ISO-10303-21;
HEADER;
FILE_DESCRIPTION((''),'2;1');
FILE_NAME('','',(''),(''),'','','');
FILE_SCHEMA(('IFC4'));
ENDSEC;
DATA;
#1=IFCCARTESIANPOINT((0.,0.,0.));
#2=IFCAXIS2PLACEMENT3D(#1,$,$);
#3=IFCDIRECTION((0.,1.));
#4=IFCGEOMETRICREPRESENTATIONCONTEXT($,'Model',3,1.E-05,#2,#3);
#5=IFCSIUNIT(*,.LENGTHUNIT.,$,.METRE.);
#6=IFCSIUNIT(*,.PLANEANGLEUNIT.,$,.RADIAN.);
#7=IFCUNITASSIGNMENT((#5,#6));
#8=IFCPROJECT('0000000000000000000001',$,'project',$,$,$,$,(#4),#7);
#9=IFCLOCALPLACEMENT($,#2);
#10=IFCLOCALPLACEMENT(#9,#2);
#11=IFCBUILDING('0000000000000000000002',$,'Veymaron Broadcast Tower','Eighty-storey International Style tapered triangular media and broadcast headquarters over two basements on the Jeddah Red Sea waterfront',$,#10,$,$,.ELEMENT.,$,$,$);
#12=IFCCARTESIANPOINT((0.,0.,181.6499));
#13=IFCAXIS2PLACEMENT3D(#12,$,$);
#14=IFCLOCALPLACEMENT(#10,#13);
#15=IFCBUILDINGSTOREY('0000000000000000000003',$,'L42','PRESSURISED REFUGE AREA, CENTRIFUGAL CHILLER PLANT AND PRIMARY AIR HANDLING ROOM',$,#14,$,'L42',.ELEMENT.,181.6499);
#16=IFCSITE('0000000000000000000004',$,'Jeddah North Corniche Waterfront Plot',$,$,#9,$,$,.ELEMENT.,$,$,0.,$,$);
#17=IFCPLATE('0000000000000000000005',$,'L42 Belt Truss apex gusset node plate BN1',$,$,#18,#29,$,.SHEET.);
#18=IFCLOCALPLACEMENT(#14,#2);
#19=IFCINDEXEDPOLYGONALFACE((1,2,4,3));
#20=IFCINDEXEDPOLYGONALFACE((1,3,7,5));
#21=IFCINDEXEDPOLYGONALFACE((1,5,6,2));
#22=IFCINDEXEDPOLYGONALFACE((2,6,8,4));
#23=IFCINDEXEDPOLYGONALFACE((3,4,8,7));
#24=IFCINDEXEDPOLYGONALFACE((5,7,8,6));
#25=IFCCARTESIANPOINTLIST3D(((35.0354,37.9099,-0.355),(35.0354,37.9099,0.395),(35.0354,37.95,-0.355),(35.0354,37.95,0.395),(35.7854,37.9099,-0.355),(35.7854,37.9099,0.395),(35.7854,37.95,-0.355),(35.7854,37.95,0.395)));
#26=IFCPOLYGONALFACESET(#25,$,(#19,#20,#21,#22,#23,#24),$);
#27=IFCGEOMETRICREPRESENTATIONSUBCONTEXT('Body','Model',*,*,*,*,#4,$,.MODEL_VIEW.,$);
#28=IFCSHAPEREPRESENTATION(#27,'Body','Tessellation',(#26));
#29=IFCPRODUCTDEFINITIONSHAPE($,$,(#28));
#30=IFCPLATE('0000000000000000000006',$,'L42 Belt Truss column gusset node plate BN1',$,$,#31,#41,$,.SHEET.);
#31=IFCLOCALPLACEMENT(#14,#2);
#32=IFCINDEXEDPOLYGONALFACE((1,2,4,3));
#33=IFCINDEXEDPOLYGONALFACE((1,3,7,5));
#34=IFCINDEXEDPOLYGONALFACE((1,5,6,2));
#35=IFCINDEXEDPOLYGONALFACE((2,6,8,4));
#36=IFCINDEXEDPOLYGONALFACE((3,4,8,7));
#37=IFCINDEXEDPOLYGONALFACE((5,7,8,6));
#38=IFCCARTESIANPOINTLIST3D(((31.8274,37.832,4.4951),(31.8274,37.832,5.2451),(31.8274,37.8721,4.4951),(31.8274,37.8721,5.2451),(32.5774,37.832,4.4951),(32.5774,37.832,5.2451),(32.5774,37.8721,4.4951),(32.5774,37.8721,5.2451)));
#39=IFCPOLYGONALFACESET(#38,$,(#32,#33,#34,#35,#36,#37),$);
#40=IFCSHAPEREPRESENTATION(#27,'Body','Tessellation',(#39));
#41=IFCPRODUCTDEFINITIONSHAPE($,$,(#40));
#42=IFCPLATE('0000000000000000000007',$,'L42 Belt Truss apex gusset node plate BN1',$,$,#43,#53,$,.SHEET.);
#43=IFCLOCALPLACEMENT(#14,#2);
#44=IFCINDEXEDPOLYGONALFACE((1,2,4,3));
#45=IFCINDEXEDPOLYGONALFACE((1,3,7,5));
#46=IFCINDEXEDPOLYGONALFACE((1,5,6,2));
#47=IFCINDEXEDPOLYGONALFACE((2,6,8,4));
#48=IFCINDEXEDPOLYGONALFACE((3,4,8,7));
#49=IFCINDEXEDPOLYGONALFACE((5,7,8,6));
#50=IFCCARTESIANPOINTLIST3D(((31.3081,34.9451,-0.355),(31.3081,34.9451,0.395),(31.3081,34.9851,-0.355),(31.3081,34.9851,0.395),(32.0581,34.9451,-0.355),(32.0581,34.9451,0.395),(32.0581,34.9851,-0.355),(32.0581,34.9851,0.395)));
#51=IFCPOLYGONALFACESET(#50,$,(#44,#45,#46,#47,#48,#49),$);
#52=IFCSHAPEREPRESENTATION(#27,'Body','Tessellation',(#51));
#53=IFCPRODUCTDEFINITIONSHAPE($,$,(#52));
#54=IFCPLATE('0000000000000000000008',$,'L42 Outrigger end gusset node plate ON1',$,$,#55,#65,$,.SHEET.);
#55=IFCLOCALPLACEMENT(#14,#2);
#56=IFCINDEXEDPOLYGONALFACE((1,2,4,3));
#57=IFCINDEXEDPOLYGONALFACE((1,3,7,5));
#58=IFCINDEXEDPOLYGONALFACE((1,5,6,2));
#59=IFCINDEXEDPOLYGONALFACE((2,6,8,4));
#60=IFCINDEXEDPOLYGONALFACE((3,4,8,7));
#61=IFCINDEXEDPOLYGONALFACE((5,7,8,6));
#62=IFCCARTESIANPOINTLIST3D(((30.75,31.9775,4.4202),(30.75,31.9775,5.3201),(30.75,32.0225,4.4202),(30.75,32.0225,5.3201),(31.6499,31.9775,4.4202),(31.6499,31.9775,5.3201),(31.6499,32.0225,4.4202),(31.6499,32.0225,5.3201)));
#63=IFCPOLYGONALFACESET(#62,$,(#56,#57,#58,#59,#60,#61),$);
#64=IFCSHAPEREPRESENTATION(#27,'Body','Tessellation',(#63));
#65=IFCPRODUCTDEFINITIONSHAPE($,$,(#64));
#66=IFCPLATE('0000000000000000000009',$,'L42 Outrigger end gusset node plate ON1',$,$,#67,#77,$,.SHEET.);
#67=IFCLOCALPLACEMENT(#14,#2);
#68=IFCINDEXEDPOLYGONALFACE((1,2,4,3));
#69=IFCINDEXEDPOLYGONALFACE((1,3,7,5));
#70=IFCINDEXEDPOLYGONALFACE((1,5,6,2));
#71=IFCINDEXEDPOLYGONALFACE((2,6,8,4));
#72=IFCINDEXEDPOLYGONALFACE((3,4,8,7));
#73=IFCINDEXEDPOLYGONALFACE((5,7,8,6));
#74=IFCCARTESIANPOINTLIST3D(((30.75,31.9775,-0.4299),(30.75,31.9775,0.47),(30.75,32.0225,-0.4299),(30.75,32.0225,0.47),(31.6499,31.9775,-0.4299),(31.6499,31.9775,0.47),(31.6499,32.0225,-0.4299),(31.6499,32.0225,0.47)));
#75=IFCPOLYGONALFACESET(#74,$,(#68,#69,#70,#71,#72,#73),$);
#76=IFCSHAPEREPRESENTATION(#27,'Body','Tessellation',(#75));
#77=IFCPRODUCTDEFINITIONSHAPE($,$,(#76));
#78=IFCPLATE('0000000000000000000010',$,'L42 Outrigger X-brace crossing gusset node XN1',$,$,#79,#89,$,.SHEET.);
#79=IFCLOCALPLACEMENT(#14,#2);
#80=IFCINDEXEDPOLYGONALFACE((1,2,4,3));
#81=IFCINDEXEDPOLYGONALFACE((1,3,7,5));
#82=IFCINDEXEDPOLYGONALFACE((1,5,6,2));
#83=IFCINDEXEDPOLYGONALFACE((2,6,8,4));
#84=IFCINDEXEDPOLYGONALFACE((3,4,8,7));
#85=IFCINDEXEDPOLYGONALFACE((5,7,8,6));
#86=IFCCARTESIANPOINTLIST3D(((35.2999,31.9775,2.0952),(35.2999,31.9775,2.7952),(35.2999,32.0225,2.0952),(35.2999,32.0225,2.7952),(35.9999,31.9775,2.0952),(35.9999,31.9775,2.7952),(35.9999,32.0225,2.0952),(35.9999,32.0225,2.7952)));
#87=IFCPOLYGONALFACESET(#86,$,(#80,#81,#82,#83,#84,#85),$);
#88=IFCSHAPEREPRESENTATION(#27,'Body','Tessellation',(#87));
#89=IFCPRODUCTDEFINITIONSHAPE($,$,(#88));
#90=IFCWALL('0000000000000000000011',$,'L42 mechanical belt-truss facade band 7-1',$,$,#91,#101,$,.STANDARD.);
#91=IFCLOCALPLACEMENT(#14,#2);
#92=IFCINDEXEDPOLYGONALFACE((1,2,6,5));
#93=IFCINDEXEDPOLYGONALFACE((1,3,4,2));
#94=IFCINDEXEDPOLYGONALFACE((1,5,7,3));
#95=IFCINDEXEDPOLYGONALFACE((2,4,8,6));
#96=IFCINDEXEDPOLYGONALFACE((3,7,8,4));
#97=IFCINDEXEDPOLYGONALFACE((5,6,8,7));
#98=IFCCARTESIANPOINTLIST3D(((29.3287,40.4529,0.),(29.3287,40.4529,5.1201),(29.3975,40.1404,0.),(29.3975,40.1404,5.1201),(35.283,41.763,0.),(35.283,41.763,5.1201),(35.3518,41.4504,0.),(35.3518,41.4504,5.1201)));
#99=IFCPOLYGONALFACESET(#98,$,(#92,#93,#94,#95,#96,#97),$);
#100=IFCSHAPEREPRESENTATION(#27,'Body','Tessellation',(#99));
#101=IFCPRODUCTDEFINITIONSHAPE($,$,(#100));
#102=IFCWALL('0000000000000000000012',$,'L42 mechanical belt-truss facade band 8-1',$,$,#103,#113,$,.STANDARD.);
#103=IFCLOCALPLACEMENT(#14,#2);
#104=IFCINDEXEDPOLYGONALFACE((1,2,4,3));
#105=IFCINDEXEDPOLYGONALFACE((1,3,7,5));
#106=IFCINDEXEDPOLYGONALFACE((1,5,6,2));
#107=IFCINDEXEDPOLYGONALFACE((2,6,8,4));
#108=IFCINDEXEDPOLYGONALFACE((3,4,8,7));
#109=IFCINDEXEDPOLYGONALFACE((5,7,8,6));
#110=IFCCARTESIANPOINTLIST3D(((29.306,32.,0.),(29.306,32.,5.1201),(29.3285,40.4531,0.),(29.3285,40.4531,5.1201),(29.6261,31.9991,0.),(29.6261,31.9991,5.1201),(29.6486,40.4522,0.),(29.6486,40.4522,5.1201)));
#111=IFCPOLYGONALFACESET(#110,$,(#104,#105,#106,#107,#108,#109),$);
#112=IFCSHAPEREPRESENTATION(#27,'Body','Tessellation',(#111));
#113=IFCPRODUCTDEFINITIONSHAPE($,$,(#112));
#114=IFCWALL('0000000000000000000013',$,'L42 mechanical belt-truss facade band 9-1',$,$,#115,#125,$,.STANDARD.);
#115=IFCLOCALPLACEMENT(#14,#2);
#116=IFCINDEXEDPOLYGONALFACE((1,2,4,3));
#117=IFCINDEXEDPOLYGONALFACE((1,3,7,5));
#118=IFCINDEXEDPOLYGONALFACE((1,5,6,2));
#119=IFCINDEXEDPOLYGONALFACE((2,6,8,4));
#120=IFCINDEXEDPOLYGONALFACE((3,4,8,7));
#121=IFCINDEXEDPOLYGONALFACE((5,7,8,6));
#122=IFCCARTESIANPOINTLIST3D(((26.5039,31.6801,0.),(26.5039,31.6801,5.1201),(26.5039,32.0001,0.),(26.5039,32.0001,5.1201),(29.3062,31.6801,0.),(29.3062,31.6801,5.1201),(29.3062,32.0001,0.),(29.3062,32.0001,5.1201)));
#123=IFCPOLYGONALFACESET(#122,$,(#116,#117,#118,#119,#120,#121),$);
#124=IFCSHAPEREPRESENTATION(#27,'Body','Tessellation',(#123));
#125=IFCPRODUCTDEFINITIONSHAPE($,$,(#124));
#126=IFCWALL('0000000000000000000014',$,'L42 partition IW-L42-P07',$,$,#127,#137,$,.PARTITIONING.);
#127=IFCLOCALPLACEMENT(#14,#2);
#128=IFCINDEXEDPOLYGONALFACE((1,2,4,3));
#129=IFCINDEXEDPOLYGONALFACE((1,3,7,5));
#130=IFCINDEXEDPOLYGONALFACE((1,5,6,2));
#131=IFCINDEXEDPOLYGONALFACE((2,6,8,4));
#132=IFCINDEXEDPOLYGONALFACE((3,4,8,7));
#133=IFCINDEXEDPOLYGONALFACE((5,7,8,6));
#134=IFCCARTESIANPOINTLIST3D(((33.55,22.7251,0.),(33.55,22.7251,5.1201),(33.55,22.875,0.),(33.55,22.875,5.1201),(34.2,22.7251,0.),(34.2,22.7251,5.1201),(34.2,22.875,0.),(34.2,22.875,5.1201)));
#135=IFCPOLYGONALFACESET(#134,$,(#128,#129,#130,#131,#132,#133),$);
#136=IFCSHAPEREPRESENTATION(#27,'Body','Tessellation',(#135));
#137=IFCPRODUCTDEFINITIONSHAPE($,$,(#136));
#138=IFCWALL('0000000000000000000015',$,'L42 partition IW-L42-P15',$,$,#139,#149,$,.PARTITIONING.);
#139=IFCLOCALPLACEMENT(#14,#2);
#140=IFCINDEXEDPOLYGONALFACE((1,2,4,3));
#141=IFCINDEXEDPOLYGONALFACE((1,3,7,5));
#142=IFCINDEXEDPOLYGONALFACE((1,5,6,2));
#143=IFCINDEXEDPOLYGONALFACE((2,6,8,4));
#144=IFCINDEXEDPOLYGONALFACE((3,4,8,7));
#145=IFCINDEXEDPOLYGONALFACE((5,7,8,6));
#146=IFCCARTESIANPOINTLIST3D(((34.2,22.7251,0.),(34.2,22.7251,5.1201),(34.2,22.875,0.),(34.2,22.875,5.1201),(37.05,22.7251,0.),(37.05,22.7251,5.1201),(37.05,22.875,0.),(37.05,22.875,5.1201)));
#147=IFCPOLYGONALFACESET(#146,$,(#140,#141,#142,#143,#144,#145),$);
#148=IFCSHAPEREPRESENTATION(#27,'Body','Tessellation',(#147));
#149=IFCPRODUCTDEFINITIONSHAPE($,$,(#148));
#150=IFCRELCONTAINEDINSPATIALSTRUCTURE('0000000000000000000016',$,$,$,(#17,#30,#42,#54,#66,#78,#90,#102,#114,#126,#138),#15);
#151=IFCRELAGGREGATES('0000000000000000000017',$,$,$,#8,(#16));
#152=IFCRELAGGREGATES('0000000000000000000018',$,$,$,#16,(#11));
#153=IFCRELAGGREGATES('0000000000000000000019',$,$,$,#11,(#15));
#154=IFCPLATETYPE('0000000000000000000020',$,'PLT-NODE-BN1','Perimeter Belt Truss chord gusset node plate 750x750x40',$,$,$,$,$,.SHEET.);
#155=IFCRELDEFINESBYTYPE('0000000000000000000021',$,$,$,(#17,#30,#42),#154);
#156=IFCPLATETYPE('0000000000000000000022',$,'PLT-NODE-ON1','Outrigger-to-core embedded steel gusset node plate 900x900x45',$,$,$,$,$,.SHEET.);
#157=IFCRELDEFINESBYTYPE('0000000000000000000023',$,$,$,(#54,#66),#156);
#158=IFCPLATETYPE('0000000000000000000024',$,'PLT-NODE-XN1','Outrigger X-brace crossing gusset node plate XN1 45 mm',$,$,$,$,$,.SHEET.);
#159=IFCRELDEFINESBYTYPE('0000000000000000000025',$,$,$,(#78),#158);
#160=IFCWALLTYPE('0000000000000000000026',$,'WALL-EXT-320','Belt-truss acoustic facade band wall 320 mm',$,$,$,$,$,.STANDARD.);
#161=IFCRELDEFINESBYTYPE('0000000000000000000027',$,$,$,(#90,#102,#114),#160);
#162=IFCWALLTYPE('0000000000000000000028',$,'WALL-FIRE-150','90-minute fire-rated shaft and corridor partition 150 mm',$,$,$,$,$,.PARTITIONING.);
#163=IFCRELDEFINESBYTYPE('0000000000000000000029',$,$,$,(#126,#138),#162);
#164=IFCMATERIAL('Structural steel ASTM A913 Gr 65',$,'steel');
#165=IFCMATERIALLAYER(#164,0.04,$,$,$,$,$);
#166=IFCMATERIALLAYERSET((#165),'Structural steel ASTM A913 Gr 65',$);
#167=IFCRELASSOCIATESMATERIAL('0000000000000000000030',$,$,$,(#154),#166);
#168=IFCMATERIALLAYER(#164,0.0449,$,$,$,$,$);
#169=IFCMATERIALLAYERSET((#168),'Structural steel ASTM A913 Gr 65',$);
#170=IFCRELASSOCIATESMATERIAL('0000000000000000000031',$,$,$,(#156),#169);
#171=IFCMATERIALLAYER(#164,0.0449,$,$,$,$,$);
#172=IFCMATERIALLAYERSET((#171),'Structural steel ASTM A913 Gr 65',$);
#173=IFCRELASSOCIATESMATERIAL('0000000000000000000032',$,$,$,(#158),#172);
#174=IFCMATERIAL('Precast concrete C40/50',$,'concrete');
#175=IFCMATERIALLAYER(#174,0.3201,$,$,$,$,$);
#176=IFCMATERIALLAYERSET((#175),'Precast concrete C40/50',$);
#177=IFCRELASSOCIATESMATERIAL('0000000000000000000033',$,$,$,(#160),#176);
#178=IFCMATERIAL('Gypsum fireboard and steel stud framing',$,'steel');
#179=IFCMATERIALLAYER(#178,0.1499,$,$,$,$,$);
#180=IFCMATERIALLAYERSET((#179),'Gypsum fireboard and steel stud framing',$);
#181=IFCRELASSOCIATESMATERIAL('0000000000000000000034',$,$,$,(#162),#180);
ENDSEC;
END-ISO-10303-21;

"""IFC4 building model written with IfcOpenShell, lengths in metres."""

from ifc_helpers import new_model, si_unit, direction, frame, frame_2d, origin, origin_2d, place, context, subcontext, project, spatial, rectangle, extrude, material, layer, layer_set, type_object, element, save


model = new_model("IFC4")

# Units and contexts
model_context = context("Model", 3, precision=1e-05, world=origin(), true_north=direction((0.0, 1.0)))
body_context = subcontext(model_context, "Body", "Model", "MODEL_VIEW")
ifc_project = project(units=[si_unit("LENGTHUNIT", "METRE"), si_unit("PLANEANGLEUNIT", "RADIAN")], contexts=[model_context])

# Site, building, storey
site_placement = place(None, origin())
site = spatial("IfcSite", under=ifc_project, at=site_placement, Name="Jeddah North Corniche Waterfront Plot", CompositionType="ELEMENT", RefElevation=0.0)
building_placement = place(site_placement, origin())
building = spatial("IfcBuilding", under=site, at=building_placement, Name="Veymaron Broadcast Tower", Description="Eighty-storey International Style tapered triangular media and broadcast headquarters over two basements on the Jeddah Red Sea waterfront", CompositionType="ELEMENT")
storey_placement = place(building_placement, frame((0.0, 0.0, 181.6499)))
storey = spatial("IfcBuildingStorey", under=building, at=storey_placement, Name="L42", Description="PRESSURISED REFUGE AREA, CENTRIFUGAL CHILLER PLANT AND PRIMARY AIR HANDLING ROOM", LongName="L42", CompositionType="ELEMENT", Elevation=181.6499)

# Shared definitions
ifc_material_1 = material(Name="Structural steel ASTM A913 Gr 65", Category="steel")

# Plates
ifc_layer_1 = layer(ifc_material_1, 0.04)
ifc_layer_set_1 = layer_set([ifc_layer_1], Name="Structural steel ASTM A913 Gr 65")
plate_type_1 = type_object("IfcPlateType", Name="PLT-NODE-BN1", Description="Perimeter Belt Truss chord gusset node plate 750x750x40", PredefinedType="SHEET", material=ifc_layer_set_1)
for number, where, z_axis, x_axis, name in (
    (1, (35.4104, 37.9299, -0.355), (0.0, 0.0, 1.0), (1.0, 0.0, 0.0), "L42 Belt Truss apex gusset node plate BN1"),
    (2, (32.2024, 37.8521, 4.4951), (0.0, 0.0, 1.0), (1.0, 0.0, 0.0), "L42 Belt Truss column gusset node plate BN1"),
    (3, (31.6831, 34.9651, -0.355), (0.0, 0.0, 1.0), (1.0, 0.0, 0.0), "L42 Belt Truss apex gusset node plate BN1"),
):
    element("IfcPlate", number, at=place(storey_placement, frame(where, z_axis=z_axis, x_axis=x_axis)), inside=storey, type_object=plate_type_1, Name=name, PredefinedType="SHEET", context=body_context, shape_type="SweptSolid", body=[
        extrude(rectangle(XDim=0.75, YDim=0.04, at=origin_2d()), origin(), (0.0, 0.0, 1.0), 0.75),
    ])
ifc_layer_2 = layer(ifc_material_1, 0.0449)
ifc_layer_set_2 = layer_set([ifc_layer_2], Name="Structural steel ASTM A913 Gr 65")
plate_type_2 = type_object("IfcPlateType", Name="PLT-NODE-ON1", Description="Outrigger-to-core embedded steel gusset node plate 900x900x45", PredefinedType="SHEET", material=ifc_layer_set_2)
for number, where, z_axis, x_axis, name in (
    (4, (31.2, 32.0, 4.4202), (0.0, 0.0, 1.0), (1.0, 0.0, 0.0), "L42 Outrigger end gusset node plate ON1"),
    (5, (31.2, 32.0, -0.4299), (0.0, 0.0, 1.0), (1.0, 0.0, 0.0), "L42 Outrigger end gusset node plate ON1"),
):
    element("IfcPlate", number, at=place(storey_placement, frame(where, z_axis=z_axis, x_axis=x_axis)), inside=storey, type_object=plate_type_2, Name=name, PredefinedType="SHEET", context=body_context, shape_type="SweptSolid", body=[
        extrude(rectangle(XDim=0.8999, YDim=0.0449, at=origin_2d()), origin(), (0.0, 0.0, 1.0), 0.8999),
    ])
ifc_layer_3 = layer(ifc_material_1, 0.0449)
ifc_layer_set_3 = layer_set([ifc_layer_3], Name="Structural steel ASTM A913 Gr 65")
plate_type_3 = type_object("IfcPlateType", Name="PLT-NODE-XN1", Description="Outrigger X-brace crossing gusset node plate XN1 45 mm", PredefinedType="SHEET", material=ifc_layer_set_3)
plate_placement = place(storey_placement, frame((35.6499, 32.0, 2.0952), z_axis=(0.0, 0.0, 1.0), x_axis=(1.0, 0.0, 0.0)))
element("IfcPlate", 6, at=plate_placement, inside=storey, type_object=plate_type_3, Name="L42 Outrigger X-brace crossing gusset node XN1", PredefinedType="SHEET", context=body_context, shape_type="SweptSolid", body=[
    extrude(rectangle(XDim=0.7, YDim=0.0449, at=origin_2d()), origin(), (0.0, 0.0, 1.0), 0.7),
])

# Walls
ifc_material_2 = material(Name="Precast concrete C40/50", Category="concrete")
ifc_layer_4 = layer(ifc_material_2, 0.3201)
ifc_layer_set_4 = layer_set([ifc_layer_4], Name="Precast concrete C40/50")
wall_type_1 = type_object("IfcWallType", Name="WALL-EXT-320", Description="Belt-truss acoustic facade band wall 320 mm", PredefinedType="STANDARD", material=ifc_layer_set_4)
wall_1_placement = place(storey_placement, frame((35.3174, 41.6067, 0.0), z_axis=(0.0, 0.0, 1.0), x_axis=(-0.976641, -0.214878, 0.0)))
element("IfcWall", 7, at=wall_1_placement, inside=storey, type_object=wall_type_1, Name="L42 mechanical belt-truss facade band 7-1", PredefinedType="STANDARD", context=body_context, shape_type="SweptSolid", body=[
    extrude(rectangle(XDim=6.0967, YDim=0.3201, at=frame_2d((3.0483, 0.0))), origin(), (0.0, 0.0, 1.0), 5.1201),
])
wall_2_placement = place(storey_placement, frame((29.4885, 40.4526, 0.0), z_axis=(0.0, 0.0, 1.0), x_axis=(-0.002657, -0.999996, 0.0)))
element("IfcWall", 8, at=wall_2_placement, inside=storey, type_object=wall_type_1, Name="L42 mechanical belt-truss facade band 8-1", PredefinedType="STANDARD", context=body_context, shape_type="SweptSolid", body=[
    extrude(rectangle(XDim=8.4531, YDim=0.3201, at=frame_2d((4.2266, 0.0))), origin(), (0.0, 0.0, 1.0), 5.1201),
])
wall_3_placement = place(storey_placement, frame((29.3062, 31.8401, 0.0), z_axis=(0.0, 0.0, 1.0), x_axis=(-1.0, 0.0, 0.0)))
element("IfcWall", 9, at=wall_3_placement, inside=storey, type_object=wall_type_1, Name="L42 mechanical belt-truss facade band 9-1", PredefinedType="STANDARD", context=body_context, shape_type="SweptSolid", body=[
    extrude(rectangle(XDim=2.8022, YDim=0.3201, at=frame_2d((1.4011, 0.0))), origin(), (0.0, 0.0, 1.0), 5.1201),
])
ifc_material_3 = material(Name="Gypsum fireboard and steel stud framing", Category="steel")
ifc_layer_5 = layer(ifc_material_3, 0.1499)
ifc_layer_set_5 = layer_set([ifc_layer_5], Name="Gypsum fireboard and steel stud framing")
wall_type_2 = type_object("IfcWallType", Name="WALL-FIRE-150", Description="90-minute fire-rated shaft and corridor partition 150 mm", PredefinedType="PARTITIONING", material=ifc_layer_set_5)
wall_4_placement = place(storey_placement, frame((33.55, 22.8, 0.0), z_axis=(0.0, 0.0, 1.0), x_axis=(1.0, 0.0, 0.0)))
element("IfcWall", 10, at=wall_4_placement, inside=storey, type_object=wall_type_2, Name="L42 partition IW-L42-P07", PredefinedType="PARTITIONING", context=body_context, shape_type="SweptSolid", body=[
    extrude(rectangle(XDim=0.6499, YDim=0.1499, at=frame_2d((0.325, 0.0))), origin(), (0.0, 0.0, 1.0), 5.1201),
])
wall_5_placement = place(storey_placement, frame((34.2, 22.8, 0.0), z_axis=(0.0, 0.0, 1.0), x_axis=(1.0, 0.0, 0.0)))
element("IfcWall", 11, at=wall_5_placement, inside=storey, type_object=wall_type_2, Name="L42 partition IW-L42-P15", PredefinedType="PARTITIONING", context=body_context, shape_type="SweptSolid", body=[
    extrude(rectangle(XDim=2.8501, YDim=0.1499, at=frame_2d((1.425, 0.0))), origin(), (0.0, 0.0, 1.0), 5.1201),
])

save(model, "model.ifc")
